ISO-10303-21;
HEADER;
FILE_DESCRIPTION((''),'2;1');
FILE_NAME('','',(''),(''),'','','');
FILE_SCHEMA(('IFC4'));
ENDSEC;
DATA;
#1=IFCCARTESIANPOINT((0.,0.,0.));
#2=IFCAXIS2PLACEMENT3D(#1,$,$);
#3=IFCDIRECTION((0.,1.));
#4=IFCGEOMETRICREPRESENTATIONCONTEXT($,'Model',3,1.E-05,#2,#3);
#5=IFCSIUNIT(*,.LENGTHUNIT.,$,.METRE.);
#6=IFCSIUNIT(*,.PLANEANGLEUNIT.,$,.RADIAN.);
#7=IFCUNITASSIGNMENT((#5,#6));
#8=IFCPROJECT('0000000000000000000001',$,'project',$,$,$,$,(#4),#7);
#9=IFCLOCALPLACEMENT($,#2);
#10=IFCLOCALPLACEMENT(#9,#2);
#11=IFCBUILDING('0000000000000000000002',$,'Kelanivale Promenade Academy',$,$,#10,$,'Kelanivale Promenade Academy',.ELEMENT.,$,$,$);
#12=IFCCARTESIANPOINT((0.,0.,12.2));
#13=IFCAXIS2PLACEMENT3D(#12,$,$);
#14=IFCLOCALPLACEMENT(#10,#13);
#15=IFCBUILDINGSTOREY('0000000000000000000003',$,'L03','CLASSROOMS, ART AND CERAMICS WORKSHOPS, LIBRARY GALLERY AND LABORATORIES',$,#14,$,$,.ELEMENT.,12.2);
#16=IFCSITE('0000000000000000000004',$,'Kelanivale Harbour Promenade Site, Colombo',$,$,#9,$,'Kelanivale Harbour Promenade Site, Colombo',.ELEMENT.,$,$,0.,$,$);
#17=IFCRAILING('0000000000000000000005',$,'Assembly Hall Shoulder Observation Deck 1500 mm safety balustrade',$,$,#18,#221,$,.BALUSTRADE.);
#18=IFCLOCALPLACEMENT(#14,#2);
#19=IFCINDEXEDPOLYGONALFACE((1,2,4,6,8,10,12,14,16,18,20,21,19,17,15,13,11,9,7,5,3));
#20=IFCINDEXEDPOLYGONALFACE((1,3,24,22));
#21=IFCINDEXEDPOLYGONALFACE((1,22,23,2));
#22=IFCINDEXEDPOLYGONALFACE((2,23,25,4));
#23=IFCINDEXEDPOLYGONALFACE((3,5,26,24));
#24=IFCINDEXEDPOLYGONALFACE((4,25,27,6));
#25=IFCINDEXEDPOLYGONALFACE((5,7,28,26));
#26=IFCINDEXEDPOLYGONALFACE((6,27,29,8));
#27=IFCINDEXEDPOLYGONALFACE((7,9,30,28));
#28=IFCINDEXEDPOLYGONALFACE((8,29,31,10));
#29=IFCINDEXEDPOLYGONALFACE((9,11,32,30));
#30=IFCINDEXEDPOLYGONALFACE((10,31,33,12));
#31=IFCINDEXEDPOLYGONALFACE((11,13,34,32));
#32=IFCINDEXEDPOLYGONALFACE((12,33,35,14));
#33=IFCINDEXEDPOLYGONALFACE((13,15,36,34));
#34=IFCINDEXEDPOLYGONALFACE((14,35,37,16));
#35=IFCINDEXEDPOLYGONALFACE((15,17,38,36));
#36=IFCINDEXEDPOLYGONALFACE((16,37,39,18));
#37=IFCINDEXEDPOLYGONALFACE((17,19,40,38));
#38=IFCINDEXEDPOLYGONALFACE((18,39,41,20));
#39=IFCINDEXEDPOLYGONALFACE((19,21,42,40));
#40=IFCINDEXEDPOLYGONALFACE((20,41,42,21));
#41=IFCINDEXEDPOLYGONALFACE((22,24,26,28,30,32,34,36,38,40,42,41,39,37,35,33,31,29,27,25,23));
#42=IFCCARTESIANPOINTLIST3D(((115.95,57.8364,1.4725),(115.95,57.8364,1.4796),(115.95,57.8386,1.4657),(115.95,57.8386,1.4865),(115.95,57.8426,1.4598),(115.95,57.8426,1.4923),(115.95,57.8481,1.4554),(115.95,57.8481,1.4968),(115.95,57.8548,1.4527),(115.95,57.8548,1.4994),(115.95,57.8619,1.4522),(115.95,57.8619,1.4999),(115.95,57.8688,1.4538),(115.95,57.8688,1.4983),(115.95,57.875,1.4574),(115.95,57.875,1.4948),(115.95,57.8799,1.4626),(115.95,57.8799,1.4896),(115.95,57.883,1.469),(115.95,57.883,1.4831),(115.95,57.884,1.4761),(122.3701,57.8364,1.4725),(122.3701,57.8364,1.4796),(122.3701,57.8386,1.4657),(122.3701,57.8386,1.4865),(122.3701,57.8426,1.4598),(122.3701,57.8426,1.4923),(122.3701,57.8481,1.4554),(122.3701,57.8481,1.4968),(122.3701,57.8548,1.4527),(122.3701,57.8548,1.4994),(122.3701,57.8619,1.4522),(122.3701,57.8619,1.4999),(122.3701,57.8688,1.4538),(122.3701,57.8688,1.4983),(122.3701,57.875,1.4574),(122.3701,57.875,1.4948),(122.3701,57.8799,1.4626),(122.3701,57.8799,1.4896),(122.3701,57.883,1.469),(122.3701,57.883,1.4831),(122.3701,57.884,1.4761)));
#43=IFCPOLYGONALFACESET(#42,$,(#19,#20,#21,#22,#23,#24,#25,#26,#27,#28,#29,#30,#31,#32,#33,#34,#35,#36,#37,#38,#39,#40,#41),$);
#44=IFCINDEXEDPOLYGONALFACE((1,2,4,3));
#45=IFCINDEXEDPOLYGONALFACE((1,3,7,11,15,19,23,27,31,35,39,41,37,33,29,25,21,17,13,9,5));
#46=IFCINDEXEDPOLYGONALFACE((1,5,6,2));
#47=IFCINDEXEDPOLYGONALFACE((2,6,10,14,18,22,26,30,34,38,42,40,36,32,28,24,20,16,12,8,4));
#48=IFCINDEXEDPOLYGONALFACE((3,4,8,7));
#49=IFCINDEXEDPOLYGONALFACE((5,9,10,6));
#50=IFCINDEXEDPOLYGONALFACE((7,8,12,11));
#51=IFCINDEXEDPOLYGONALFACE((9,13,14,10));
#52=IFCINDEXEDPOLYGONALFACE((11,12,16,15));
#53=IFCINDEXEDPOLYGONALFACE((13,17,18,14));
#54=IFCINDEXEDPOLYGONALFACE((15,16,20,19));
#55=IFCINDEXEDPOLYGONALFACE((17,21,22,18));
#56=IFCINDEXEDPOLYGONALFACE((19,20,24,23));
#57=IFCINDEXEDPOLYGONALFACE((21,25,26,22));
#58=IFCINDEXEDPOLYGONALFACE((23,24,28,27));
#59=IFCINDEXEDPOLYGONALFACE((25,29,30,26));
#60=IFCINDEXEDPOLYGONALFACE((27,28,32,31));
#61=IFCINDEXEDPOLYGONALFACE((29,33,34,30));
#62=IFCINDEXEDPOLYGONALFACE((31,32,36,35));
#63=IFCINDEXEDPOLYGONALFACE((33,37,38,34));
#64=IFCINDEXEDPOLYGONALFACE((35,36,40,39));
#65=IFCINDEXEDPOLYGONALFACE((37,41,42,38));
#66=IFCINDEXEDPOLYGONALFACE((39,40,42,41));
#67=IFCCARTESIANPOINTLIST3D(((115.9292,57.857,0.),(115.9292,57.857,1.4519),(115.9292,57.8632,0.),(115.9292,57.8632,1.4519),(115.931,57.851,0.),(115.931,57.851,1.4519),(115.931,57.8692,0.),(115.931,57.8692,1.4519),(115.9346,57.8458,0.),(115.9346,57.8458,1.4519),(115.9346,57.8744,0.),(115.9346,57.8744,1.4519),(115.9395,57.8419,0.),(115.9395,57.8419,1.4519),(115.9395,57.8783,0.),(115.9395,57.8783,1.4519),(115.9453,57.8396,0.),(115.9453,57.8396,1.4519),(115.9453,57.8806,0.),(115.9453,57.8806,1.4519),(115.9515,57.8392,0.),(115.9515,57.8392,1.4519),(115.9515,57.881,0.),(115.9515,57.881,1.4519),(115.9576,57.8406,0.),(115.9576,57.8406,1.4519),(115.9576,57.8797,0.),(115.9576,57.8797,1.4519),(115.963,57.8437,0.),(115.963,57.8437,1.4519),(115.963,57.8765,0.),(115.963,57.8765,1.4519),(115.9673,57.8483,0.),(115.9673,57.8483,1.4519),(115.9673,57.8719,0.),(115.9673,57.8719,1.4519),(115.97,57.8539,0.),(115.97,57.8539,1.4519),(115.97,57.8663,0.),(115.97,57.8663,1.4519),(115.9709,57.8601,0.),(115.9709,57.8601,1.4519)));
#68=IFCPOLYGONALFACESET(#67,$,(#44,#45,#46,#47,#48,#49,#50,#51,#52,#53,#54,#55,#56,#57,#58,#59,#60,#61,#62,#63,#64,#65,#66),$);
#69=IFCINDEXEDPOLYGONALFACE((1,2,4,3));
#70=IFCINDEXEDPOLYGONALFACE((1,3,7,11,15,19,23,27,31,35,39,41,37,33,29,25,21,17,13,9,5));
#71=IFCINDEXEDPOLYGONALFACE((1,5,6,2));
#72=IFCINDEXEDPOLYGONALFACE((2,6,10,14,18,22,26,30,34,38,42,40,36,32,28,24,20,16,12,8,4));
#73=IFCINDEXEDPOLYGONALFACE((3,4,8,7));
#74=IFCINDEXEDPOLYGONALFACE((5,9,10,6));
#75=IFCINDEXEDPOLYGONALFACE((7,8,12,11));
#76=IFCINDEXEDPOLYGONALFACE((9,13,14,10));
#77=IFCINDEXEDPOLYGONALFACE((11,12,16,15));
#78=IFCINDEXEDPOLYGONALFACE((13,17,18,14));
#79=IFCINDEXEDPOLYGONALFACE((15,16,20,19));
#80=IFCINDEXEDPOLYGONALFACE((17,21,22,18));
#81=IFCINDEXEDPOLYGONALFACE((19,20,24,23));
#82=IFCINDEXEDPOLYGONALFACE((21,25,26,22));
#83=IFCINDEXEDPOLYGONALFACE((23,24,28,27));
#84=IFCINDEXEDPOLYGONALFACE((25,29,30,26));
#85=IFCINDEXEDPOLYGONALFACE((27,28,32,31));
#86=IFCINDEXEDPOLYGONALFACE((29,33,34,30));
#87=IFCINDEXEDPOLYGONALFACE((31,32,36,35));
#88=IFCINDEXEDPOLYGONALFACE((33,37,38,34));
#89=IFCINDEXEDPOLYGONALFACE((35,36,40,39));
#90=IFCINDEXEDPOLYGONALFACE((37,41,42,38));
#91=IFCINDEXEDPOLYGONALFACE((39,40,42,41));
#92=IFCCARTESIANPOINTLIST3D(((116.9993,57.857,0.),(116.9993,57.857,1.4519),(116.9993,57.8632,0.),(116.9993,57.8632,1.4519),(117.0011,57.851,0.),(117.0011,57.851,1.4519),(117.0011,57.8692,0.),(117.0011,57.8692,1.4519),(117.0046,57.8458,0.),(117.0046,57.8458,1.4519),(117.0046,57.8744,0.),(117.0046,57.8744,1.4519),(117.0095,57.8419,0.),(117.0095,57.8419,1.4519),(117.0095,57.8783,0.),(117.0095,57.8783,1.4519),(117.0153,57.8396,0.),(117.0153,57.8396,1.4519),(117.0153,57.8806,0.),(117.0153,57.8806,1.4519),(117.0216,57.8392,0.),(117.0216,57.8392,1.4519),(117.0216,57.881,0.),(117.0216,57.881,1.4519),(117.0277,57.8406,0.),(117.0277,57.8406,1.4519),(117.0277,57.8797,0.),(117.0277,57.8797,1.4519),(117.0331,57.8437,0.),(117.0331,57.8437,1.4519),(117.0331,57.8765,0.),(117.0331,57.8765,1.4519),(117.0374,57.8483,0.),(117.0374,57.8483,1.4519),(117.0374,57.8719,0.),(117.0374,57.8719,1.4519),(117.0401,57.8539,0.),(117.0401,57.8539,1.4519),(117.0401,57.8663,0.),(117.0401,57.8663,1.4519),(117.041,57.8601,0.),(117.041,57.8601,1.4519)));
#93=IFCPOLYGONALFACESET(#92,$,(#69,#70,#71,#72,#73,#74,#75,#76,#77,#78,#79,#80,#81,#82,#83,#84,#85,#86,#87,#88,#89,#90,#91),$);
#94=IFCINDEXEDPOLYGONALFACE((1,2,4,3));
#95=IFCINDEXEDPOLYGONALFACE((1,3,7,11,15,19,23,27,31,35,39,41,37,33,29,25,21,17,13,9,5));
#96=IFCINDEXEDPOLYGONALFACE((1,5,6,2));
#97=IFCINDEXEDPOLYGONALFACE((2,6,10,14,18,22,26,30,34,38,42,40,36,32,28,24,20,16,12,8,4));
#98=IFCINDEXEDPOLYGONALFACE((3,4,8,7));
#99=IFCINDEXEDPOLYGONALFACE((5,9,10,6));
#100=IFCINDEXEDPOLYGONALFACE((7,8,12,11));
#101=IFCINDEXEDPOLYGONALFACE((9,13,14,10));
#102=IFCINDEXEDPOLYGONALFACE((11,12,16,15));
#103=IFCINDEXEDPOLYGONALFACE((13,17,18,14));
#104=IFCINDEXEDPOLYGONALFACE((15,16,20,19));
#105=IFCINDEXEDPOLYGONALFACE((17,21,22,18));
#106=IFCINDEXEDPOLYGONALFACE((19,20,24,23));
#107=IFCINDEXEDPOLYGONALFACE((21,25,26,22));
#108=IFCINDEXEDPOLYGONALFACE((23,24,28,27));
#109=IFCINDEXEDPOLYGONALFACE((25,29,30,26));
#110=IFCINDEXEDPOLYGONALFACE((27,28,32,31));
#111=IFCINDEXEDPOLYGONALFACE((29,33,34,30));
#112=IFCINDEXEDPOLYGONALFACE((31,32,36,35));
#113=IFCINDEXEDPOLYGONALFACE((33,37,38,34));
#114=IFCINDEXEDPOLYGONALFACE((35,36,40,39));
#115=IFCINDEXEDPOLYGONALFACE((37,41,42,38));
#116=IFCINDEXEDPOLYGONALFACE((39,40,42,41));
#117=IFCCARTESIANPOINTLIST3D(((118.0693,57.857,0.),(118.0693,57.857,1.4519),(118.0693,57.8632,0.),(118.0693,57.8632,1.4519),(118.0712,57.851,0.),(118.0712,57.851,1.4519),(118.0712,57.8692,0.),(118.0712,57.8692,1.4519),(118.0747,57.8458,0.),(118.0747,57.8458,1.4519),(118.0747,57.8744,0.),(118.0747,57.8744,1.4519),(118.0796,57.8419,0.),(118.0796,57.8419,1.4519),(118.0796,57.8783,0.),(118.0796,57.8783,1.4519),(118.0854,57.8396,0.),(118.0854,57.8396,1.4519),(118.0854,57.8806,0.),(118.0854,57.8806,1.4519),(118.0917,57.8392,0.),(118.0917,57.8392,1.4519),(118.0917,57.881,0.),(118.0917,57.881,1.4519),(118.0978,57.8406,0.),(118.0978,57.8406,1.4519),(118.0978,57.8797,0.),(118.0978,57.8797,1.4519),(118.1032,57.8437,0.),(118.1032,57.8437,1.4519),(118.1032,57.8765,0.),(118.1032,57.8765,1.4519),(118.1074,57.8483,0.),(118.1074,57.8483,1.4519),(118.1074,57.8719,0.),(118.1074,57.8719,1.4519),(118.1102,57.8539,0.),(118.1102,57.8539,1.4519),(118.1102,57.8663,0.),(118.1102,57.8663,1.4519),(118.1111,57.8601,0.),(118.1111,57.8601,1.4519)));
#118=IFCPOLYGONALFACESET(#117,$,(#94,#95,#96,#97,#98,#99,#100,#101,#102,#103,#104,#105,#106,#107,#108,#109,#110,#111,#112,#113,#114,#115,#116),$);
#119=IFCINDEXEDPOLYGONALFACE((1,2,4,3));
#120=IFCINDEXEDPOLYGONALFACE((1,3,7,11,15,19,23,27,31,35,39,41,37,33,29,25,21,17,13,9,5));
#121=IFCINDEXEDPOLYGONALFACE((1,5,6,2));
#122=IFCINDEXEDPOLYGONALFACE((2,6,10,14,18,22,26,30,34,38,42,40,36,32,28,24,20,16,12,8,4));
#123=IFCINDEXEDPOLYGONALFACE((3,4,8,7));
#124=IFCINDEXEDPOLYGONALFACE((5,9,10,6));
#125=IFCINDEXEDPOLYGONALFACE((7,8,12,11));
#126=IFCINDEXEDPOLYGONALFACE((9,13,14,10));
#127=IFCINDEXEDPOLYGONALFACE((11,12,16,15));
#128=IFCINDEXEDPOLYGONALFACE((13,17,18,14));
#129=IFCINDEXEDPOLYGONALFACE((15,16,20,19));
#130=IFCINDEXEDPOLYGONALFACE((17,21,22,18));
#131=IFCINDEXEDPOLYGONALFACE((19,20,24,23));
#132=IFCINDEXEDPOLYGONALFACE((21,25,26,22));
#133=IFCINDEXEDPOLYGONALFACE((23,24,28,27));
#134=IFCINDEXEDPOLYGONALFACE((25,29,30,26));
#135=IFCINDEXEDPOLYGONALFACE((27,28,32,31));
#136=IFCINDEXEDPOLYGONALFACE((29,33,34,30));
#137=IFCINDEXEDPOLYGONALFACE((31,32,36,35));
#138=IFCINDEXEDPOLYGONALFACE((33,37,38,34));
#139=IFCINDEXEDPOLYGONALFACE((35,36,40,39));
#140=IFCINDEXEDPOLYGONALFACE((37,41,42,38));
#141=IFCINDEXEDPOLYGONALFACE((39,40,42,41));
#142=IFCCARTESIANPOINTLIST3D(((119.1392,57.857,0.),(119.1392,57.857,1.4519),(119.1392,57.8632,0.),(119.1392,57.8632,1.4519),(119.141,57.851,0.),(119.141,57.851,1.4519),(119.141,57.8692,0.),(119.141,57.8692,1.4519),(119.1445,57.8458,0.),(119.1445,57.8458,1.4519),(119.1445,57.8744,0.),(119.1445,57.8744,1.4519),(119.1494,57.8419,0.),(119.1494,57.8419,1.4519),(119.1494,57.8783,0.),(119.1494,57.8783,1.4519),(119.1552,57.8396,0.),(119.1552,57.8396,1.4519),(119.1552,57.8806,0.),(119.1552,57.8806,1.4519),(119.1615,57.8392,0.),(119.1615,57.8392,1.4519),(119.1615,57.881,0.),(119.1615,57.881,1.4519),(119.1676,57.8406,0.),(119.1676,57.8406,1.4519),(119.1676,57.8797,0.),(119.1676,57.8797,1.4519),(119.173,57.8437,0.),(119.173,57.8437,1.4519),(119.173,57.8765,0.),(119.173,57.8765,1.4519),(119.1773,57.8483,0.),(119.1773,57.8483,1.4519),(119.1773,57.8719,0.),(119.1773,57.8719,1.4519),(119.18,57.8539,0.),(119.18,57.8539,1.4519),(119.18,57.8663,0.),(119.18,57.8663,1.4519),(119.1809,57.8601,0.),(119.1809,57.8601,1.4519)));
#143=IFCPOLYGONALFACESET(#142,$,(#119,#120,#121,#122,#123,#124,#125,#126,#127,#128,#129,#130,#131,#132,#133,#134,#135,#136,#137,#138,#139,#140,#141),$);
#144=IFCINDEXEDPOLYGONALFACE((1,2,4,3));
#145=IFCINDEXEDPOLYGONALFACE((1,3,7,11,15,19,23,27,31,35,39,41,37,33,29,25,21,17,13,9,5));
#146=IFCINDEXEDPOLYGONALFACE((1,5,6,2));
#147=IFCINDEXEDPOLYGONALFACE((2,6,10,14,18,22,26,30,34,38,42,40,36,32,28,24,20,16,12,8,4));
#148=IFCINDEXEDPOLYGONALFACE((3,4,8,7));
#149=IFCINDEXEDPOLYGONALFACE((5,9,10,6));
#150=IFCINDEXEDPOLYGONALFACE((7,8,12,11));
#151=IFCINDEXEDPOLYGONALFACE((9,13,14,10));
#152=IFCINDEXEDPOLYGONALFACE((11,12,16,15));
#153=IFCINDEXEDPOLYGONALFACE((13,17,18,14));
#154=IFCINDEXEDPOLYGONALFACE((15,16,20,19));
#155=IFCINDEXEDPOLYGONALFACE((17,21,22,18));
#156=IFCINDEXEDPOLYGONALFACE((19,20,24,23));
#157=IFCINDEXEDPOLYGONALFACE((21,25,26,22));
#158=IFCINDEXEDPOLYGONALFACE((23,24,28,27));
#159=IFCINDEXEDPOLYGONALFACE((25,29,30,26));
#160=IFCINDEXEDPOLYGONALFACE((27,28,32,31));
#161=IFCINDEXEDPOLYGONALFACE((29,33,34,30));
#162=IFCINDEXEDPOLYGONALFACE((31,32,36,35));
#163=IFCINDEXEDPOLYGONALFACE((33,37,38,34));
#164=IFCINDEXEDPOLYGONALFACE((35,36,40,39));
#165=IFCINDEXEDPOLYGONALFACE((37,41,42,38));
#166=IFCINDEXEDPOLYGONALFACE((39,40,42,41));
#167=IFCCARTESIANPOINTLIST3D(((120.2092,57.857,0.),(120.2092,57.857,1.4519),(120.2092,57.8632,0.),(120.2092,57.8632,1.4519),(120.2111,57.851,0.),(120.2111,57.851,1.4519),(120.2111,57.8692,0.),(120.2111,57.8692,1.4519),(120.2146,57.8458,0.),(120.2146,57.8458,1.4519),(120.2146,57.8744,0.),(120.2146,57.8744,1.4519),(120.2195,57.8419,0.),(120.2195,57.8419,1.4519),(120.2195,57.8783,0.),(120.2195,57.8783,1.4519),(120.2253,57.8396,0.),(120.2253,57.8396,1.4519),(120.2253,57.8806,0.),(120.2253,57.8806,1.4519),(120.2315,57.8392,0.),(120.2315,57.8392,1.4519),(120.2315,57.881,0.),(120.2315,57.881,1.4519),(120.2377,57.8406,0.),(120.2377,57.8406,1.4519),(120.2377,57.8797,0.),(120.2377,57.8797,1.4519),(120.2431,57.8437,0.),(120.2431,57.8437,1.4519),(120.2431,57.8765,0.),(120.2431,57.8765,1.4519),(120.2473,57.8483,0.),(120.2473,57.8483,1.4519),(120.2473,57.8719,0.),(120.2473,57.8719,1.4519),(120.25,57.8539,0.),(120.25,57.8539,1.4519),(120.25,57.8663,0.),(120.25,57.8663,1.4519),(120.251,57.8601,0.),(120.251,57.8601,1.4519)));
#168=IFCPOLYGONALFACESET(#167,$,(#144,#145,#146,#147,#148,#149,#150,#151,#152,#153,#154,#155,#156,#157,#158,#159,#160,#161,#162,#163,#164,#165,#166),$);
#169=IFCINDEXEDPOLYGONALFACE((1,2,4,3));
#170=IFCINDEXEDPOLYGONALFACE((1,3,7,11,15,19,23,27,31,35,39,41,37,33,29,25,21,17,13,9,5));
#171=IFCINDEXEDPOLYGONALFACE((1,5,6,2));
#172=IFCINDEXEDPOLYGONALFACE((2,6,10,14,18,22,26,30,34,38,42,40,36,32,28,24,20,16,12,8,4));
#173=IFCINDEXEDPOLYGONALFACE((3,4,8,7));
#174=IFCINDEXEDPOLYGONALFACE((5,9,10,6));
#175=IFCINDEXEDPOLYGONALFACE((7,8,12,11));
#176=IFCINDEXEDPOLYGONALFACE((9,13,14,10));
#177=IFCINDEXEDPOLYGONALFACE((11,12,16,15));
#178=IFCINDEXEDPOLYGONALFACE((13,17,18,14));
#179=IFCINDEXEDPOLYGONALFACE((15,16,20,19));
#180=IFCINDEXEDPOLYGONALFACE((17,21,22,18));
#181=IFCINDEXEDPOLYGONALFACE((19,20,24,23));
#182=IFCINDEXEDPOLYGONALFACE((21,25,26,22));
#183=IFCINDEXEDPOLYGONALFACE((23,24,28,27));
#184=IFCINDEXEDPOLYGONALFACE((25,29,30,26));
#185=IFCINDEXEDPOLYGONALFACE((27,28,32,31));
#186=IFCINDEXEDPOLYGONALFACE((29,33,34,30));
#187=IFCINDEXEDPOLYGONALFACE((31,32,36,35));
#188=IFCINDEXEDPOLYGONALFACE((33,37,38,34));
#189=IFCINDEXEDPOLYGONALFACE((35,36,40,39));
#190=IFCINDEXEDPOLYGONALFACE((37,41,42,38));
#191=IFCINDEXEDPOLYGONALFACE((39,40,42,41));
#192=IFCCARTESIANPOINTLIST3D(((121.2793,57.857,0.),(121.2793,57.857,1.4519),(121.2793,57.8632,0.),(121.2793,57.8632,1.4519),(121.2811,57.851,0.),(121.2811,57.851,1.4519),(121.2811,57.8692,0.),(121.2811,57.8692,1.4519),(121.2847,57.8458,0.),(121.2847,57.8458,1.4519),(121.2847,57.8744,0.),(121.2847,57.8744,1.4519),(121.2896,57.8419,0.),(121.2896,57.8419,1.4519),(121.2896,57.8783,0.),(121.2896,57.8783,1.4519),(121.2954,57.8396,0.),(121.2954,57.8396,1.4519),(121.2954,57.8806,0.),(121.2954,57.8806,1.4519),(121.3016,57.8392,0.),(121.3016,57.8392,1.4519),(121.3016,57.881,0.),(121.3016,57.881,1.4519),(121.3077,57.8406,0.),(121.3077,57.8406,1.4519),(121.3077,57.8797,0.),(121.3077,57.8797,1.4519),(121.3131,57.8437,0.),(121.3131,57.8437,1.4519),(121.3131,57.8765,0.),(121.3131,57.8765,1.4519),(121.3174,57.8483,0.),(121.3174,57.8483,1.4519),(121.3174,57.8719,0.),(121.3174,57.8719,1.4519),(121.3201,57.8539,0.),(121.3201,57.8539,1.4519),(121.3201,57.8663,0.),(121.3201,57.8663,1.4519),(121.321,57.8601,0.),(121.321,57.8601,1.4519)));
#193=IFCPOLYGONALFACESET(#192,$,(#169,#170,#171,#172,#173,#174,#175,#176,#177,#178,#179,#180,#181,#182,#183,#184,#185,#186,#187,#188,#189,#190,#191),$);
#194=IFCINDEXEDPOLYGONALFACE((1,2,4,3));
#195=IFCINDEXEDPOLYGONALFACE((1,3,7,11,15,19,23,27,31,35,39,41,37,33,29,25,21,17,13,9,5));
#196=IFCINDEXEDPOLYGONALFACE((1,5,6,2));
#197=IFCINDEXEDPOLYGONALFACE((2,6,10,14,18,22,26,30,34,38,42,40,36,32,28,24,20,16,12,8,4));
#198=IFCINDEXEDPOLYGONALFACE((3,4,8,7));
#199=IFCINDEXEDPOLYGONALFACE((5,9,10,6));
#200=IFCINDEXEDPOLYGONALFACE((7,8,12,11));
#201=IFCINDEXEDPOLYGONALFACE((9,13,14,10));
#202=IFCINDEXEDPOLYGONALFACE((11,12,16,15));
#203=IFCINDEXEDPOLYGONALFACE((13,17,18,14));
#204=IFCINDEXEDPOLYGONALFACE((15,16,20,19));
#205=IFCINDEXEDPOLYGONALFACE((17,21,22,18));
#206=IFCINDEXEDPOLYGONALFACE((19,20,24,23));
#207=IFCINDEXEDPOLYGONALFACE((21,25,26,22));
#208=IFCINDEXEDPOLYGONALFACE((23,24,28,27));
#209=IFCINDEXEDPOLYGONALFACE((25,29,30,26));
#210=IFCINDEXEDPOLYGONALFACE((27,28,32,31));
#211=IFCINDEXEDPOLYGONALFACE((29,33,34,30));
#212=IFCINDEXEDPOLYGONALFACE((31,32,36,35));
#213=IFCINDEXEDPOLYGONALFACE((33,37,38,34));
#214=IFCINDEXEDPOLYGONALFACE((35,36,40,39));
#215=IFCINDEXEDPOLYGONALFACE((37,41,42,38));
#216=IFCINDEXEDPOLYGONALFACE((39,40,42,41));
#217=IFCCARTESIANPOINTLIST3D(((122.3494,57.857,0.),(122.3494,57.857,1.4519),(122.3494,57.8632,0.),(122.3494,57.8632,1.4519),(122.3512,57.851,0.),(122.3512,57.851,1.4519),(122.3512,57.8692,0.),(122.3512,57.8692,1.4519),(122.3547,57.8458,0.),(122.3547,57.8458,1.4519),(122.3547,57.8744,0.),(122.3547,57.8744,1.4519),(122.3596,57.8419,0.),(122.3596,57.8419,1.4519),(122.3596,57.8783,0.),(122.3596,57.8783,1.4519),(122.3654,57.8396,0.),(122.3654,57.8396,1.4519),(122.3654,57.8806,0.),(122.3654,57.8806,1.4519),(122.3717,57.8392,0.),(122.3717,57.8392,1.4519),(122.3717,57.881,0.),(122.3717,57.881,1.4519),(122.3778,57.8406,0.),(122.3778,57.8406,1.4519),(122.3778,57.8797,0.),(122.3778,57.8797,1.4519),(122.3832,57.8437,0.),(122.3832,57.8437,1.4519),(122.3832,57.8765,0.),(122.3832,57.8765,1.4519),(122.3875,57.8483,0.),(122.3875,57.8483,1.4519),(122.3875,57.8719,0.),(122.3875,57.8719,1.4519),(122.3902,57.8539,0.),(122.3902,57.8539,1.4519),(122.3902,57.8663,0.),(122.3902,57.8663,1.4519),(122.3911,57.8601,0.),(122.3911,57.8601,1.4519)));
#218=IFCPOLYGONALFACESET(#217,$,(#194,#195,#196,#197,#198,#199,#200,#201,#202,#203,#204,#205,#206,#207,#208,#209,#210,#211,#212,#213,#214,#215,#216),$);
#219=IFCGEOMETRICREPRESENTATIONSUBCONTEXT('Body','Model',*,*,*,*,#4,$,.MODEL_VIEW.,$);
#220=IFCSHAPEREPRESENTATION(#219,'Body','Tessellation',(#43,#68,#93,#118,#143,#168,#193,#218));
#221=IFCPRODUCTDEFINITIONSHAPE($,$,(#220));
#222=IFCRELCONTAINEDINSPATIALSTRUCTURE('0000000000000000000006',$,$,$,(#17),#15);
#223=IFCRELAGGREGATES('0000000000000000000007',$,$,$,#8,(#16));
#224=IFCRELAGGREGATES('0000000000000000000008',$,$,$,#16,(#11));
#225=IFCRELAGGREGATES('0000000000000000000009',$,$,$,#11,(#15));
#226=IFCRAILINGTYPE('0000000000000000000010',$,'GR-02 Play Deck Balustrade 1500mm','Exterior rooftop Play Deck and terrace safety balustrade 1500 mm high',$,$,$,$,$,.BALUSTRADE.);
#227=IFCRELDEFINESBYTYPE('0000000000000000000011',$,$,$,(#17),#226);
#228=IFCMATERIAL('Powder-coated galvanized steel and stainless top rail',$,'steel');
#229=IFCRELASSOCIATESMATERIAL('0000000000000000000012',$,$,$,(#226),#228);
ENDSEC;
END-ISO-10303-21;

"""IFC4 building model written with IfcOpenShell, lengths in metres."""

from ifc_helpers import new_model, si_unit, direction, frame, origin, origin_2d, place, context, subcontext, project, spatial, circle, extrude, material, type_object, element, save


model = new_model("IFC4")

# Units and contexts
model_context = context("Model", 3, precision=1e-05, world=origin(), true_north=direction((0.0, 1.0)))
body_context = subcontext(model_context, "Body", "Model", "MODEL_VIEW")
ifc_project = project(units=[si_unit("LENGTHUNIT", "METRE"), si_unit("PLANEANGLEUNIT", "RADIAN")], contexts=[model_context])

# Site, building, storey
site_placement = place(None, origin())
site = spatial("IfcSite", under=ifc_project, at=site_placement, Name="Kelanivale Harbour Promenade Site, Colombo", LongName="Kelanivale Harbour Promenade Site, Colombo", CompositionType="ELEMENT", RefElevation=0.0)
building_placement = place(site_placement, origin())
building = spatial("IfcBuilding", under=site, at=building_placement, Name="Kelanivale Promenade Academy", LongName="Kelanivale Promenade Academy", CompositionType="ELEMENT")
storey_placement = place(building_placement, frame((0.0, 0.0, 12.2)))
storey = spatial("IfcBuildingStorey", under=building, at=storey_placement, Name="L03", Description="CLASSROOMS, ART AND CERAMICS WORKSHOPS, LIBRARY GALLERY AND LABORATORIES", CompositionType="ELEMENT", Elevation=12.2)

# Railing
ifc_material_1 = material(Name="Powder-coated galvanized steel and stainless top rail", Category="steel")
railing_type = type_object("IfcRailingType", Name="GR-02 Play Deck Balustrade 1500mm", Description="Exterior rooftop Play Deck and terrace safety balustrade 1500 mm high", PredefinedType="BALUSTRADE", material=ifc_material_1)
railing_placement = place(storey_placement, frame((115.95, 57.8601, 0.0)))
element("IfcRailing", 1, at=railing_placement, inside=storey, type_object=railing_type, Name="Assembly Hall Shoulder Observation Deck 1500 mm safety balustrade", PredefinedType="BALUSTRADE", context=body_context, shape_type="SweptSolid", body=[
    extrude(circle(Radius=0.0239, at=origin_2d()), frame((0.0, 0.0, 1.4761), z_axis=(1.0, 0.0, 0.0), x_axis=(0.0, 1.0, 0.0)), (0.0, 0.0, 1.0), 6.4202),
    extrude(circle(Radius=0.021, at=origin_2d()), origin(), (0.0, 0.0, 1.0), 1.4519),
    extrude(circle(Radius=0.021, at=origin_2d()), frame((1.0701, 0.0, 0.0)), (0.0, 0.0, 1.0), 1.4519),
    extrude(circle(Radius=0.021, at=origin_2d()), frame((2.1401, 0.0, 0.0)), (0.0, 0.0, 1.0), 1.4519),
    extrude(circle(Radius=0.021, at=origin_2d()), frame((3.21, 0.0, 0.0)), (0.0, 0.0, 1.0), 1.4519),
    extrude(circle(Radius=0.021, at=origin_2d()), frame((4.28, 0.0, 0.0)), (0.0, 0.0, 1.0), 1.4519),
    extrude(circle(Radius=0.021, at=origin_2d()), frame((5.3501, 0.0, 0.0)), (0.0, 0.0, 1.0), 1.4519),
    extrude(circle(Radius=0.021, at=origin_2d()), frame((6.4202, 0.0, 0.0)), (0.0, 0.0, 1.0), 1.4519),
])

save(model, "model.ifc")
